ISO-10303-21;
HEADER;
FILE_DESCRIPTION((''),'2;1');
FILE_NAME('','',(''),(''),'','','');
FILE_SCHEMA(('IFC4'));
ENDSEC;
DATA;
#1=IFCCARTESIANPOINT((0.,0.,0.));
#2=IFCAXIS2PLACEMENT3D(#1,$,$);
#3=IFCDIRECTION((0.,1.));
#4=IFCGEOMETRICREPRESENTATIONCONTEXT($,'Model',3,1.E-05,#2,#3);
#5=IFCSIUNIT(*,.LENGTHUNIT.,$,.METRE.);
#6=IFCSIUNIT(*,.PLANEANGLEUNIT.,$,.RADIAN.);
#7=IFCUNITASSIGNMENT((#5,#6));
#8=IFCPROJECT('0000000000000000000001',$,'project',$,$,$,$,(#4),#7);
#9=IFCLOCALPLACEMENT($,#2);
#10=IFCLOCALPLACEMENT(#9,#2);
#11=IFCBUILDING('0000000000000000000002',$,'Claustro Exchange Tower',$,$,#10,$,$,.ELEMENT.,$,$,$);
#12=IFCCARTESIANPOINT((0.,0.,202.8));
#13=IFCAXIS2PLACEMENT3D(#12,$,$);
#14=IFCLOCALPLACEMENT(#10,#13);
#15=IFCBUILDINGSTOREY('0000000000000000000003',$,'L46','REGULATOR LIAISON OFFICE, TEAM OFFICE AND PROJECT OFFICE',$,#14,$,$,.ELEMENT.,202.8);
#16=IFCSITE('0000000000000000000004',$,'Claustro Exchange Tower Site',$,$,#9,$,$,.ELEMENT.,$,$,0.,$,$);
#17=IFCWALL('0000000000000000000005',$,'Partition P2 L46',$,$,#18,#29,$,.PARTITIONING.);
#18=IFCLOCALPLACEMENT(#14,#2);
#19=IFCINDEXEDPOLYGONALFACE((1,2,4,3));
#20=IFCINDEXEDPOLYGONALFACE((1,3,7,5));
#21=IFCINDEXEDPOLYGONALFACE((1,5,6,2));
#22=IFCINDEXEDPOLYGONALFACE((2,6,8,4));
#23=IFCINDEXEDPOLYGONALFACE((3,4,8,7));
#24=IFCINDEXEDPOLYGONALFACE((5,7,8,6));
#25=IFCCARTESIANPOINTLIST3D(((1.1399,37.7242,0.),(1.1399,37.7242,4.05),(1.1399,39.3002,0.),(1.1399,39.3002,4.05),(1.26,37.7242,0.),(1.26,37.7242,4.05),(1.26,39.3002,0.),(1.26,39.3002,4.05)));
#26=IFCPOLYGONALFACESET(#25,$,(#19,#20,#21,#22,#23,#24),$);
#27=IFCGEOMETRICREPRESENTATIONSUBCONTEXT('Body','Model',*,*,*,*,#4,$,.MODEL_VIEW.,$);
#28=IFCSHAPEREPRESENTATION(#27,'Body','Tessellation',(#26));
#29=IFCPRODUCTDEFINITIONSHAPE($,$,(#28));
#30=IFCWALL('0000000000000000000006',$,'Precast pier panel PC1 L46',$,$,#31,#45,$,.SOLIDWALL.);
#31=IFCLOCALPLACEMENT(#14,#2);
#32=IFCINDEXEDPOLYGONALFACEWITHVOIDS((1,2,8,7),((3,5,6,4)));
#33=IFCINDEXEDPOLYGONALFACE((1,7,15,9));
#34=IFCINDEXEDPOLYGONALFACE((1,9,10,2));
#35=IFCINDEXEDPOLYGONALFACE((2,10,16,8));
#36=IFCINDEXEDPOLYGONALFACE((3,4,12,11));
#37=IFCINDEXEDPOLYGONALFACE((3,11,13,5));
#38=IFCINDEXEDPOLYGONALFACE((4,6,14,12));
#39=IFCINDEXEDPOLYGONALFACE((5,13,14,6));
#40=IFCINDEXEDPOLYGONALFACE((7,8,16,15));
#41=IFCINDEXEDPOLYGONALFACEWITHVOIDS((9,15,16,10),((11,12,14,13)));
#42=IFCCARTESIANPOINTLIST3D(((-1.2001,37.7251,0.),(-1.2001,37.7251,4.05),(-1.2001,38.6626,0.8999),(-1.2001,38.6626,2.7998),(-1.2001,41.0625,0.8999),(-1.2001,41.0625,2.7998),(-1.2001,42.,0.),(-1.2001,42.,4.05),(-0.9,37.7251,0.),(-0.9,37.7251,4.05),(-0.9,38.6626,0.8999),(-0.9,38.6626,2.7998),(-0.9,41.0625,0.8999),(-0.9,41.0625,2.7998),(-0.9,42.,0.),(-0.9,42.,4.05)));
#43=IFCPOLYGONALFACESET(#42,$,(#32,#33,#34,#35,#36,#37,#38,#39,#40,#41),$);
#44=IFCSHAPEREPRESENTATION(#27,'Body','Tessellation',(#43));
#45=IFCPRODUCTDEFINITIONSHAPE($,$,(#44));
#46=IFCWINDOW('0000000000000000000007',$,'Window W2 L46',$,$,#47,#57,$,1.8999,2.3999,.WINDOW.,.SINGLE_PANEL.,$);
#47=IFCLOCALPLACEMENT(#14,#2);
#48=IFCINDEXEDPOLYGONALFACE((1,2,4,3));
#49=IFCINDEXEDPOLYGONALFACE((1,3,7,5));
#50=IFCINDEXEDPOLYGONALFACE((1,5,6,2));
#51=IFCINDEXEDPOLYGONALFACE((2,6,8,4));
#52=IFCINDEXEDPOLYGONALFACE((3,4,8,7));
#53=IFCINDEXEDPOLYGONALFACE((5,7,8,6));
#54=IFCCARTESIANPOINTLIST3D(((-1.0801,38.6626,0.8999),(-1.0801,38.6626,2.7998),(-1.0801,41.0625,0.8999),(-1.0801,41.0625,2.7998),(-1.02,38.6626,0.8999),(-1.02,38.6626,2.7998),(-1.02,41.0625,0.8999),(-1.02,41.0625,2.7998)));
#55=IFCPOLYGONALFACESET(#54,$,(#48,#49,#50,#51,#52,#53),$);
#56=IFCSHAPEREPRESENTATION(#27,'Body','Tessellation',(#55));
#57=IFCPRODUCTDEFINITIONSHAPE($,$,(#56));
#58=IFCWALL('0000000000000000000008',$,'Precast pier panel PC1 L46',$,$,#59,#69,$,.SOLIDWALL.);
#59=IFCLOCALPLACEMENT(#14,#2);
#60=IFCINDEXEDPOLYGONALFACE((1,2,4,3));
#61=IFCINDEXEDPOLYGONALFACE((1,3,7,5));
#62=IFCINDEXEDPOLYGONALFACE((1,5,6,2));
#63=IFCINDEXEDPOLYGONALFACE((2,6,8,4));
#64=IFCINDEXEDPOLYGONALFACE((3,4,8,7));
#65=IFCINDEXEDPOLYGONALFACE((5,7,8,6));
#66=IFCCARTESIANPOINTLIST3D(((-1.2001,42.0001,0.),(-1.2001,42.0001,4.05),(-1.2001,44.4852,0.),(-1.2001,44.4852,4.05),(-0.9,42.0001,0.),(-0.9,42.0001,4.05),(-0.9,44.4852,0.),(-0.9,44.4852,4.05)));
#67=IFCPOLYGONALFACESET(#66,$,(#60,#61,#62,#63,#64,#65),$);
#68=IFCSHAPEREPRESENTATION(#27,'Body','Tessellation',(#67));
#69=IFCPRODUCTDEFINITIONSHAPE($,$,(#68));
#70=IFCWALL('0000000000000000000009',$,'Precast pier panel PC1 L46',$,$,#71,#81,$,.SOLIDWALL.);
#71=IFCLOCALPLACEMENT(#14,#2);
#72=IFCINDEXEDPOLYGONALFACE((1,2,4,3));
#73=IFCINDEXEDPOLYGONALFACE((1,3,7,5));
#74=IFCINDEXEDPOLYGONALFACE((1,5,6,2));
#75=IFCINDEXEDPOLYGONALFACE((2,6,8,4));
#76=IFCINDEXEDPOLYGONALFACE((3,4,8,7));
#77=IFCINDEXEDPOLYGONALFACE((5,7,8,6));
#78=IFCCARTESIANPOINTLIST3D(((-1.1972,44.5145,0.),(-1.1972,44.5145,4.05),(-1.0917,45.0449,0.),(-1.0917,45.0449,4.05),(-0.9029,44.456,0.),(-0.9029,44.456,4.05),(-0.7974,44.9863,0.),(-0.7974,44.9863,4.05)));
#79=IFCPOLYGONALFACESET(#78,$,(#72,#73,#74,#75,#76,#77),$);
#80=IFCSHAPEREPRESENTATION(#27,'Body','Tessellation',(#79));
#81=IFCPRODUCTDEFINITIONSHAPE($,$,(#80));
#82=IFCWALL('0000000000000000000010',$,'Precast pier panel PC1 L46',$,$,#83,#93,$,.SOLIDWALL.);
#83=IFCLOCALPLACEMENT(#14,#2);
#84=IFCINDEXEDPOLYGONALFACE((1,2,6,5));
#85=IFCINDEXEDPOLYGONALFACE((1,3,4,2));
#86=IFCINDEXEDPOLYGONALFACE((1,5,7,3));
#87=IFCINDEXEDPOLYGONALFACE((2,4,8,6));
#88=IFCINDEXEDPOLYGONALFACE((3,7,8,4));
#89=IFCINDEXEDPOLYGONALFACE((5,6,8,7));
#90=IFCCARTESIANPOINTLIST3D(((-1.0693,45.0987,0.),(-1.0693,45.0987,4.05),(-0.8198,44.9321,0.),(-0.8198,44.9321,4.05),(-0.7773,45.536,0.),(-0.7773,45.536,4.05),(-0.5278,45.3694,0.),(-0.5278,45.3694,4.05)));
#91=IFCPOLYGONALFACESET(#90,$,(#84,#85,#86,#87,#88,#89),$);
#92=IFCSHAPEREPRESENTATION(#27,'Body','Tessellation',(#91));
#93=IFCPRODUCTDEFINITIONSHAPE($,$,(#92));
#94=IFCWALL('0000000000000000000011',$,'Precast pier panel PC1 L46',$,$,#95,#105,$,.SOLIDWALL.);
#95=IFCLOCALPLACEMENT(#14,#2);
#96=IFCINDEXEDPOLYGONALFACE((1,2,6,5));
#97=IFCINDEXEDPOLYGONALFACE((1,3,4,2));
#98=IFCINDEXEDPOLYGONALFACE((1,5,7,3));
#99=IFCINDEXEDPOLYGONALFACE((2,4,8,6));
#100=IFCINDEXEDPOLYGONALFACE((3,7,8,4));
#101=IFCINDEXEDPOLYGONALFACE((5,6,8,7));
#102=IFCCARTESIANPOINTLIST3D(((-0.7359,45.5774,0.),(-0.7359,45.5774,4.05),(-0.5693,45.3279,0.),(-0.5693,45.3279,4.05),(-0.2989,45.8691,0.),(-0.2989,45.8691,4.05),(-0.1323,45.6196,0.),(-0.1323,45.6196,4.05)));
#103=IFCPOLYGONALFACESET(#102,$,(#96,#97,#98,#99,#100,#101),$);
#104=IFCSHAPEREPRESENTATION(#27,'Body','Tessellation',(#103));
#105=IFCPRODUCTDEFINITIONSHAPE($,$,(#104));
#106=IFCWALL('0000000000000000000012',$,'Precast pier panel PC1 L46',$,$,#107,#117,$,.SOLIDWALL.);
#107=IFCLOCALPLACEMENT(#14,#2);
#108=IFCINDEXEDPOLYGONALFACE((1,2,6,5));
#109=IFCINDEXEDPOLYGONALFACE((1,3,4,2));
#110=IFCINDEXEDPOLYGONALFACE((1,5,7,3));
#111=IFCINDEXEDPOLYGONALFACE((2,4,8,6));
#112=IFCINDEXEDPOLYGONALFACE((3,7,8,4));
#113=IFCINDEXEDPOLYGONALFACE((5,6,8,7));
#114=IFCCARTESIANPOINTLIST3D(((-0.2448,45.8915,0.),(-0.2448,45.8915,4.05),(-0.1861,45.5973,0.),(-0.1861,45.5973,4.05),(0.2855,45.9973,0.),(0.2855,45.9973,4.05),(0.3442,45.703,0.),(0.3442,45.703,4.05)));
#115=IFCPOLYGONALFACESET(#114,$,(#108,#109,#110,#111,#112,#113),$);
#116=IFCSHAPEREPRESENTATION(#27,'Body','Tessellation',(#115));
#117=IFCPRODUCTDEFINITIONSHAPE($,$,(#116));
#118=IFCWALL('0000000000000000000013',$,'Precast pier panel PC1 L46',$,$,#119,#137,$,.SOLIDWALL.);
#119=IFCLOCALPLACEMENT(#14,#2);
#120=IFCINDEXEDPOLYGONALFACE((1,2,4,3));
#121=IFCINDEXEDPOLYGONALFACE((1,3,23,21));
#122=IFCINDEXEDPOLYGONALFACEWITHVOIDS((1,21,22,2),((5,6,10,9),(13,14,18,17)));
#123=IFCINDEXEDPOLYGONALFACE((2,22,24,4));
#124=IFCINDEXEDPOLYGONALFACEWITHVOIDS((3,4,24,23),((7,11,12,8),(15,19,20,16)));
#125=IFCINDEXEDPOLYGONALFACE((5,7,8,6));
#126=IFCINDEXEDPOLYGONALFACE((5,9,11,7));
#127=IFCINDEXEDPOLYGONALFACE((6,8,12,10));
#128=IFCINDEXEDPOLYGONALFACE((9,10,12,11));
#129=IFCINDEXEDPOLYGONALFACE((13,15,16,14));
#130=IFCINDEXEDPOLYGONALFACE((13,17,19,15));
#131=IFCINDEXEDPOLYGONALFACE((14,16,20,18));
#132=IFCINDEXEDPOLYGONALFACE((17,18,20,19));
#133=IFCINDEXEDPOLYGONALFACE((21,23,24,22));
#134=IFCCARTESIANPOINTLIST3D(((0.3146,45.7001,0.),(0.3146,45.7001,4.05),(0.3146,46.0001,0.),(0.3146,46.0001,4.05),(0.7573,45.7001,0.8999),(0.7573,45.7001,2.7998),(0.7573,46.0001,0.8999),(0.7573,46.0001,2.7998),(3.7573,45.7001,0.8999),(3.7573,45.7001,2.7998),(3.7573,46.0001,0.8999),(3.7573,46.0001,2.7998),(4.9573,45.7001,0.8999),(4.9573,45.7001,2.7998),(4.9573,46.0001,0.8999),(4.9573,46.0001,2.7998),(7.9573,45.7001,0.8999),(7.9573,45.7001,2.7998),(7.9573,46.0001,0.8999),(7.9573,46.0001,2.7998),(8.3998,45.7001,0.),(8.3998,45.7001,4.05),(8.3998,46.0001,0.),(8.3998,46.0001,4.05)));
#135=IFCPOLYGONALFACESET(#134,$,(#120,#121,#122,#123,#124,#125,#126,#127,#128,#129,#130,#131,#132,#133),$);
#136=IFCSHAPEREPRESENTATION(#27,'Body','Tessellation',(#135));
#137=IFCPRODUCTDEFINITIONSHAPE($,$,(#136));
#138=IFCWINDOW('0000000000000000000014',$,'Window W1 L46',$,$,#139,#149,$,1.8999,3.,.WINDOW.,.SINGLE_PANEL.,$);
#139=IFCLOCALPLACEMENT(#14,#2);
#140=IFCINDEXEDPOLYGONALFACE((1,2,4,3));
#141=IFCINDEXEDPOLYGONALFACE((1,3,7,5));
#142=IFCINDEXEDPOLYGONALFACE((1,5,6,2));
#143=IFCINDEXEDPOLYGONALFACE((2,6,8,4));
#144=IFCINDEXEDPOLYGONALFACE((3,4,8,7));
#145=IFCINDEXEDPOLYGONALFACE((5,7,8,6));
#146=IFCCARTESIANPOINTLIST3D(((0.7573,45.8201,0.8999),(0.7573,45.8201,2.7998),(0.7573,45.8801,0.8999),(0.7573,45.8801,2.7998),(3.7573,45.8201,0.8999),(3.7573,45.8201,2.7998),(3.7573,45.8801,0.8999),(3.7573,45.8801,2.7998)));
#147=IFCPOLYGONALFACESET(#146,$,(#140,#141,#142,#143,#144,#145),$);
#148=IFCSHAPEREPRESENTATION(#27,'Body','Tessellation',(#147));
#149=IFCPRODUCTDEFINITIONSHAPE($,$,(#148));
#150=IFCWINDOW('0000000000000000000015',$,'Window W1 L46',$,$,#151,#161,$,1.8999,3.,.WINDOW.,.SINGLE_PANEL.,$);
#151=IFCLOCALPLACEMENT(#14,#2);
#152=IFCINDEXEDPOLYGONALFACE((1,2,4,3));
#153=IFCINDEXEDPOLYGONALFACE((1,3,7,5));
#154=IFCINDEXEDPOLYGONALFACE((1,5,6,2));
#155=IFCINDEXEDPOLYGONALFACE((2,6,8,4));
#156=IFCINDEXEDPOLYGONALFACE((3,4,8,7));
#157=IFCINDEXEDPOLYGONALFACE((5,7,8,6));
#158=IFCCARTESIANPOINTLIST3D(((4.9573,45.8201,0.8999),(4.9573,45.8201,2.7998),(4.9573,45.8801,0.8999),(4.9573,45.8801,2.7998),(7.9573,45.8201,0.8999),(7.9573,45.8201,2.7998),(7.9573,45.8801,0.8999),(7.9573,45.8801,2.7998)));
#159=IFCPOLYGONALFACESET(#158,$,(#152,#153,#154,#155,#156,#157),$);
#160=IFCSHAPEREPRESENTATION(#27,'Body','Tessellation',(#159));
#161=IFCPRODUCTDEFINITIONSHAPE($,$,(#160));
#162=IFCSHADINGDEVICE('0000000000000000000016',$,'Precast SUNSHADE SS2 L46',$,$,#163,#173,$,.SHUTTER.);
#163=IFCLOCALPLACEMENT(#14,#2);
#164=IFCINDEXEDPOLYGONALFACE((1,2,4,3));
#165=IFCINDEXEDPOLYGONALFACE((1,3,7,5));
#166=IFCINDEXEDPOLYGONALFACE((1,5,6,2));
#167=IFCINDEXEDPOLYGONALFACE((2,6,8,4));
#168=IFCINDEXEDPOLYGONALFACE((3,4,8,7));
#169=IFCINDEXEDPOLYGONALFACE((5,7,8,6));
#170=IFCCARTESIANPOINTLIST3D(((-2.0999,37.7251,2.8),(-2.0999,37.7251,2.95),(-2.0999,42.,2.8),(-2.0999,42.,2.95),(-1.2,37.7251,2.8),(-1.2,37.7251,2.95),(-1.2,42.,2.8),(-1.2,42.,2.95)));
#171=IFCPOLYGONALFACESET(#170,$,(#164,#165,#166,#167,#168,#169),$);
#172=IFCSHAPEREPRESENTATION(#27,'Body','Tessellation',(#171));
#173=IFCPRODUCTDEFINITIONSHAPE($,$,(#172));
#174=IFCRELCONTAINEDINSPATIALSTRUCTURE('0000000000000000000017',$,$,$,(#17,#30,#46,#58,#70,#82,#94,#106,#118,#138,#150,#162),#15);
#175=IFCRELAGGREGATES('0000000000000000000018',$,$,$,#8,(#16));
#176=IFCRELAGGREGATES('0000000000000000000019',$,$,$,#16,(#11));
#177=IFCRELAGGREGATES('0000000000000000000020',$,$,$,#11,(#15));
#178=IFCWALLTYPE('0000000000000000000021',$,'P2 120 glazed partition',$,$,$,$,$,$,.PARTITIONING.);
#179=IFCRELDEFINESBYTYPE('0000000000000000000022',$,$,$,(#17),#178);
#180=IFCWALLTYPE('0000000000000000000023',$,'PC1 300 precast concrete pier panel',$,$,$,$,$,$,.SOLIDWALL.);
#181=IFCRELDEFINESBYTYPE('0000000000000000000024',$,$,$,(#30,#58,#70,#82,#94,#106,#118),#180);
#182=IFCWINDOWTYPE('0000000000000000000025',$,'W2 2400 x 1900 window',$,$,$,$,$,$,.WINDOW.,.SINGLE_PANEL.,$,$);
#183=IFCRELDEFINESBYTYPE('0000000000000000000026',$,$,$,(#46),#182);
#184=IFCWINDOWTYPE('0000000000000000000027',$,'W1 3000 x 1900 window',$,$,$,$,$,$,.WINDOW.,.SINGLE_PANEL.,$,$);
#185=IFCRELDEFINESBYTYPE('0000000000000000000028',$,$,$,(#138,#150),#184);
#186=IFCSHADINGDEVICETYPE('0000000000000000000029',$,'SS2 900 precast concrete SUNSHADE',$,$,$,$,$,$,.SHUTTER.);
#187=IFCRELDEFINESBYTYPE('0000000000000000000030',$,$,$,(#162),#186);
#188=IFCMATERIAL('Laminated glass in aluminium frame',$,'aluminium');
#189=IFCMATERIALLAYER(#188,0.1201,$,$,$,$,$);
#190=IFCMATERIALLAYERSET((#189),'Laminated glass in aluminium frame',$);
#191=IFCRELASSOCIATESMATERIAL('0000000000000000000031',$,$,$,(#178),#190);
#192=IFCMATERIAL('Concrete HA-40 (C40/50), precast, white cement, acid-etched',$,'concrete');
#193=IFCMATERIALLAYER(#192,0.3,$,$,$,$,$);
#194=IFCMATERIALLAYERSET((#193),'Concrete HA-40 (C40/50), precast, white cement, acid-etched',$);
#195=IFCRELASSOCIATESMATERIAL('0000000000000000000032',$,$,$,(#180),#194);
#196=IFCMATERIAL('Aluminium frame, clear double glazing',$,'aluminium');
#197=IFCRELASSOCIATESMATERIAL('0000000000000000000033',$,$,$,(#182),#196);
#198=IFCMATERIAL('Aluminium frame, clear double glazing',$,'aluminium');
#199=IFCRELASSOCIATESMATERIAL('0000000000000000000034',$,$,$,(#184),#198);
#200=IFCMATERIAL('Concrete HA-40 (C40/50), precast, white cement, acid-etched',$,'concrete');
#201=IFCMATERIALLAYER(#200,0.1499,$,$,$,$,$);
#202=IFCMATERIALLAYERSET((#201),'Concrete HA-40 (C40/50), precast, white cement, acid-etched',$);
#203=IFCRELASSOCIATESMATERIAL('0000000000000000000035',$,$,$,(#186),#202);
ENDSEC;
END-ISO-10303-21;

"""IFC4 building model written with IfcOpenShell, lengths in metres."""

from ifc_helpers import new_model, si_unit, direction, frame, frame_2d, origin, origin_2d, place, context, subcontext, project, spatial, rectangle, extrude, material, layer, layer_set, type_object, element, fill, save


model = new_model("IFC4")

# Units and contexts
model_context = context("Model", 3, precision=1e-05, world=origin(), true_north=direction((0.0, 1.0)))
body_context = subcontext(model_context, "Body", "Model", "MODEL_VIEW")
ifc_project = project(units=[si_unit("LENGTHUNIT", "METRE"), si_unit("PLANEANGLEUNIT", "RADIAN")], contexts=[model_context])

# Site, building, storey
site_placement = place(None, origin())
site = spatial("IfcSite", under=ifc_project, at=site_placement, Name="Claustro Exchange Tower Site", CompositionType="ELEMENT", RefElevation=0.0)
building_placement = place(site_placement, origin())
building = spatial("IfcBuilding", under=site, at=building_placement, Name="Claustro Exchange Tower", CompositionType="ELEMENT")
storey_placement = place(building_placement, frame((0.0, 0.0, 202.8)))
storey = spatial("IfcBuildingStorey", under=building, at=storey_placement, Name="L46", Description="REGULATOR LIAISON OFFICE, TEAM OFFICE AND PROJECT OFFICE", CompositionType="ELEMENT", Elevation=202.8)

# Shared definitions
ifc_material_1 = material(Name="Laminated glass in aluminium frame", Category="aluminium")
ifc_layer_1 = layer(ifc_material_1, 0.1201)
ifc_layer_set_1 = layer_set([ifc_layer_1], Name="Laminated glass in aluminium frame")
wall_type_1 = type_object("IfcWallType", Name="P2 120 glazed partition", PredefinedType="PARTITIONING", material=ifc_layer_set_1)

# Wall
wall_1_placement = place(storey_placement, frame((1.2, 37.7241, 0.0), z_axis=(0.0, 0.0, 1.0), x_axis=(0.0, 1.0, 0.0)))
element("IfcWall", 1, at=wall_1_placement, inside=storey, type_object=wall_type_1, Name="Partition P2 L46", PredefinedType="PARTITIONING", context=body_context, shape_type="SweptSolid", body=[
    extrude(rectangle(XDim=1.5759, YDim=0.1201, at=frame_2d((0.7881, 0.0))), origin(), (0.0, 0.0, 1.0), 4.05),
])

# Wall, opening, window
ifc_material_2 = material(Name="Concrete HA-40 (C40/50), precast, white cement, acid-etched", Category="concrete")
ifc_layer_2 = layer(ifc_material_2, 0.3)
ifc_layer_set_2 = layer_set([ifc_layer_2], Name="Concrete HA-40 (C40/50), precast, white cement, acid-etched")
wall_type_2 = type_object("IfcWallType", Name="PC1 300 precast concrete pier panel", PredefinedType="SOLIDWALL", material=ifc_layer_set_2)
wall_2_placement = place(storey_placement, frame((-1.05, 37.7251, 0.0), z_axis=(0.0, 0.0, 1.0), x_axis=(0.0, 1.0, 0.0)))
wall_2 = element("IfcWall", 2, at=wall_2_placement, inside=storey, type_object=wall_type_2, Name="Precast pier panel PC1 L46", PredefinedType="SOLIDWALL", context=body_context, shape_type="SweptSolid", body=[
    extrude(rectangle(XDim=4.2749, YDim=0.3, at=frame_2d((2.1375, 0.0))), origin(), (0.0, 0.0, 1.0), 4.05),
])
opening_1_placement = place(wall_2_placement, frame((0.9375, 0.0, 0.8999)))
opening_1 = element("IfcOpeningElement", 3, at=opening_1_placement, cuts=wall_2, PredefinedType="OPENING", context=body_context, shape_type="SweptSolid", body=[
    extrude(rectangle(XDim=2.3999, YDim=1.8999, at=frame_2d((1.2, 0.95))), frame((0.0, 0.1599, 0.0), z_axis=(0.0, -1.0, 0.0), x_axis=(1.0, 0.0, 0.0)), (0.0, 0.0, 1.0), 0.3201),
])
ifc_material_3 = material(Name="Aluminium frame, clear double glazing", Category="aluminium")
window_type_1 = type_object("IfcWindowType", Name="W2 2400 x 1900 window", PartitioningType="SINGLE_PANEL", PredefinedType="WINDOW", material=ifc_material_3)
window_1_placement = place(opening_1_placement, origin())
window_1 = element("IfcWindow", 4, at=window_1_placement, inside=storey, type_object=window_type_1, Name="Window W2 L46", OverallHeight=1.8999, OverallWidth=2.3999, PartitioningType="SINGLE_PANEL", PredefinedType="WINDOW", context=body_context, shape_type="SweptSolid", body=[
    extrude(rectangle(XDim=2.3999, YDim=1.8999, at=frame_2d((1.2, 0.95))), frame((0.0, 0.03, 0.0), z_axis=(0.0, -1.0, 0.0), x_axis=(1.0, 0.0, 0.0)), (0.0, 0.0, 1.0), 0.0601),
])
fill(opening_1, window_1)

# Walls
wall_3_placement = place(storey_placement, frame((-1.05, 42.0, 0.0), z_axis=(0.0, 0.0, 1.0), x_axis=(0.0, 1.0, 0.0)))
element("IfcWall", 5, at=wall_3_placement, inside=storey, type_object=wall_type_2, Name="Precast pier panel PC1 L46", PredefinedType="SOLIDWALL", context=body_context, shape_type="SweptSolid", body=[
    extrude(rectangle(XDim=2.4851, YDim=0.3, at=frame_2d((1.2427, 0.0))), origin(), (0.0, 0.0, 1.0), 4.05),
])
wall_4_placement = place(storey_placement, frame((-1.05, 44.4851, 0.0), z_axis=(0.0, 0.0, 1.0), x_axis=(0.195074, 0.980789, 0.0)))
element("IfcWall", 6, at=wall_4_placement, inside=storey, type_object=wall_type_2, Name="Precast pier panel PC1 L46", PredefinedType="SOLIDWALL", context=body_context, shape_type="SweptSolid", body=[
    extrude(rectangle(XDim=0.5408, YDim=0.3, at=frame_2d((0.2705, 0.0))), origin(), (0.0, 0.0, 1.0), 4.05),
])
wall_5_placement = place(storey_placement, frame((-0.9446, 45.0154, 0.0), z_axis=(0.0, 0.0, 1.0), x_axis=(0.555343, 0.831621, 0.0)))
element("IfcWall", 7, at=wall_5_placement, inside=storey, type_object=wall_type_2, Name="Precast pier panel PC1 L46", PredefinedType="SOLIDWALL", context=body_context, shape_type="SweptSolid", body=[
    extrude(rectangle(XDim=0.5259, YDim=0.3, at=frame_2d((0.2629, 0.0))), origin(), (0.0, 0.0, 1.0), 4.05),
])
wall_6_placement = place(storey_placement, frame((-0.6526, 45.4526, 0.0), z_axis=(0.0, 0.0, 1.0), x_axis=(0.831693, 0.555236, 0.0)))
element("IfcWall", 8, at=wall_6_placement, inside=storey, type_object=wall_type_2, Name="Precast pier panel PC1 L46", PredefinedType="SOLIDWALL", context=body_context, shape_type="SweptSolid", body=[
    extrude(rectangle(XDim=0.5254, YDim=0.3, at=frame_2d((0.2627, 0.0))), origin(), (0.0, 0.0, 1.0), 4.05),
])
wall_7_placement = place(storey_placement, frame((-0.2156, 45.7444, 0.0), z_axis=(0.0, 0.0, 1.0), x_axis=(0.980702, 0.195508, 0.0)))
element("IfcWall", 9, at=wall_7_placement, inside=storey, type_object=wall_type_2, Name="Precast pier panel PC1 L46", PredefinedType="SOLIDWALL", context=body_context, shape_type="SweptSolid", body=[
    extrude(rectangle(XDim=0.5408, YDim=0.3, at=frame_2d((0.2705, 0.0))), origin(), (0.0, 0.0, 1.0), 4.05),
])

# Wall, openings, windows
wall_8_placement = place(storey_placement, frame((0.3147, 45.8501, 0.0), z_axis=(0.0, 0.0, 1.0), x_axis=(1.0, 0.0, 0.0)))
wall_8 = element("IfcWall", 10, at=wall_8_placement, inside=storey, type_object=wall_type_2, Name="Precast pier panel PC1 L46", PredefinedType="SOLIDWALL", context=body_context, shape_type="SweptSolid", body=[
    extrude(rectangle(XDim=8.0852, YDim=0.3, at=frame_2d((4.0425, 0.0))), origin(), (0.0, 0.0, 1.0), 4.05),
])
opening_2_placement = place(wall_8_placement, frame((0.4426, 0.0, 0.8999)))
opening_2 = element("IfcOpeningElement", 11, at=opening_2_placement, cuts=wall_8, PredefinedType="OPENING", context=body_context, shape_type="SweptSolid", body=[
    extrude(rectangle(XDim=3.0, YDim=1.8999, at=frame_2d((1.5, 0.95))), frame((0.0, 0.1599, 0.0), z_axis=(0.0, -1.0, 0.0), x_axis=(1.0, 0.0, 0.0)), (0.0, 0.0, 1.0), 0.3201),
])
opening_3_placement = place(wall_8_placement, frame((4.6426, 0.0, 0.8999)))
opening_3 = element("IfcOpeningElement", 12, at=opening_3_placement, cuts=wall_8, PredefinedType="OPENING", context=body_context, shape_type="SweptSolid", body=[
    extrude(rectangle(XDim=3.0, YDim=1.8999, at=frame_2d((1.5, 0.95))), frame((0.0, 0.1599, 0.0), z_axis=(0.0, -1.0, 0.0), x_axis=(1.0, 0.0, 0.0)), (0.0, 0.0, 1.0), 0.3201),
])
ifc_material_4 = material(Name="Aluminium frame, clear double glazing", Category="aluminium")
window_type_2 = type_object("IfcWindowType", Name="W1 3000 x 1900 window", PartitioningType="SINGLE_PANEL", PredefinedType="WINDOW", material=ifc_material_4)
window_2_placement = place(opening_2_placement, origin())
window_2 = element("IfcWindow", 13, at=window_2_placement, inside=storey, type_object=window_type_2, Name="Window W1 L46", OverallHeight=1.8999, OverallWidth=3.0, PartitioningType="SINGLE_PANEL", PredefinedType="WINDOW", context=body_context, shape_type="SweptSolid", body=[
    extrude(rectangle(XDim=3.0, YDim=1.8999, at=frame_2d((1.5, 0.95))), frame((0.0, 0.03, 0.0), z_axis=(0.0, -1.0, 0.0), x_axis=(1.0, 0.0, 0.0)), (0.0, 0.0, 1.0), 0.0601),
])
fill(opening_2, window_2)
window_3_placement = place(opening_3_placement, origin())
window_3 = element("IfcWindow", 14, at=window_3_placement, inside=storey, type_object=window_type_2, Name="Window W1 L46", OverallHeight=1.8999, OverallWidth=3.0, PartitioningType="SINGLE_PANEL", PredefinedType="WINDOW", context=body_context, shape_type="SweptSolid", body=[
    extrude(rectangle(XDim=3.0, YDim=1.8999, at=frame_2d((1.5, 0.95))), frame((0.0, 0.03, 0.0), z_axis=(0.0, -1.0, 0.0), x_axis=(1.0, 0.0, 0.0)), (0.0, 0.0, 1.0), 0.0601),
])
fill(opening_3, window_3)

# Shading device
ifc_material_5 = material(Name="Concrete HA-40 (C40/50), precast, white cement, acid-etched", Category="concrete")
ifc_layer_3 = layer(ifc_material_5, 0.1499)
ifc_layer_set_3 = layer_set([ifc_layer_3], Name="Concrete HA-40 (C40/50), precast, white cement, acid-etched")
shading_device_type = type_object("IfcShadingDeviceType", Name="SS2 900 precast concrete SUNSHADE", PredefinedType="SHUTTER", material=ifc_layer_set_3)
shading_device_placement = place(storey_placement, frame((-1.6499, 39.8625, 2.8), z_axis=(0.0, 0.0, 1.0), x_axis=(0.0, 1.0, 0.0)))
element("IfcShadingDevice", 15, at=shading_device_placement, inside=storey, type_object=shading_device_type, Name="Precast SUNSHADE SS2 L46", PredefinedType="SHUTTER", context=body_context, shape_type="SweptSolid", body=[
    extrude(rectangle(XDim=4.2749, YDim=0.8999, at=origin_2d()), origin(), (0.0, 0.0, 1.0), 0.1499),
])

save(model, "model.ifc")
